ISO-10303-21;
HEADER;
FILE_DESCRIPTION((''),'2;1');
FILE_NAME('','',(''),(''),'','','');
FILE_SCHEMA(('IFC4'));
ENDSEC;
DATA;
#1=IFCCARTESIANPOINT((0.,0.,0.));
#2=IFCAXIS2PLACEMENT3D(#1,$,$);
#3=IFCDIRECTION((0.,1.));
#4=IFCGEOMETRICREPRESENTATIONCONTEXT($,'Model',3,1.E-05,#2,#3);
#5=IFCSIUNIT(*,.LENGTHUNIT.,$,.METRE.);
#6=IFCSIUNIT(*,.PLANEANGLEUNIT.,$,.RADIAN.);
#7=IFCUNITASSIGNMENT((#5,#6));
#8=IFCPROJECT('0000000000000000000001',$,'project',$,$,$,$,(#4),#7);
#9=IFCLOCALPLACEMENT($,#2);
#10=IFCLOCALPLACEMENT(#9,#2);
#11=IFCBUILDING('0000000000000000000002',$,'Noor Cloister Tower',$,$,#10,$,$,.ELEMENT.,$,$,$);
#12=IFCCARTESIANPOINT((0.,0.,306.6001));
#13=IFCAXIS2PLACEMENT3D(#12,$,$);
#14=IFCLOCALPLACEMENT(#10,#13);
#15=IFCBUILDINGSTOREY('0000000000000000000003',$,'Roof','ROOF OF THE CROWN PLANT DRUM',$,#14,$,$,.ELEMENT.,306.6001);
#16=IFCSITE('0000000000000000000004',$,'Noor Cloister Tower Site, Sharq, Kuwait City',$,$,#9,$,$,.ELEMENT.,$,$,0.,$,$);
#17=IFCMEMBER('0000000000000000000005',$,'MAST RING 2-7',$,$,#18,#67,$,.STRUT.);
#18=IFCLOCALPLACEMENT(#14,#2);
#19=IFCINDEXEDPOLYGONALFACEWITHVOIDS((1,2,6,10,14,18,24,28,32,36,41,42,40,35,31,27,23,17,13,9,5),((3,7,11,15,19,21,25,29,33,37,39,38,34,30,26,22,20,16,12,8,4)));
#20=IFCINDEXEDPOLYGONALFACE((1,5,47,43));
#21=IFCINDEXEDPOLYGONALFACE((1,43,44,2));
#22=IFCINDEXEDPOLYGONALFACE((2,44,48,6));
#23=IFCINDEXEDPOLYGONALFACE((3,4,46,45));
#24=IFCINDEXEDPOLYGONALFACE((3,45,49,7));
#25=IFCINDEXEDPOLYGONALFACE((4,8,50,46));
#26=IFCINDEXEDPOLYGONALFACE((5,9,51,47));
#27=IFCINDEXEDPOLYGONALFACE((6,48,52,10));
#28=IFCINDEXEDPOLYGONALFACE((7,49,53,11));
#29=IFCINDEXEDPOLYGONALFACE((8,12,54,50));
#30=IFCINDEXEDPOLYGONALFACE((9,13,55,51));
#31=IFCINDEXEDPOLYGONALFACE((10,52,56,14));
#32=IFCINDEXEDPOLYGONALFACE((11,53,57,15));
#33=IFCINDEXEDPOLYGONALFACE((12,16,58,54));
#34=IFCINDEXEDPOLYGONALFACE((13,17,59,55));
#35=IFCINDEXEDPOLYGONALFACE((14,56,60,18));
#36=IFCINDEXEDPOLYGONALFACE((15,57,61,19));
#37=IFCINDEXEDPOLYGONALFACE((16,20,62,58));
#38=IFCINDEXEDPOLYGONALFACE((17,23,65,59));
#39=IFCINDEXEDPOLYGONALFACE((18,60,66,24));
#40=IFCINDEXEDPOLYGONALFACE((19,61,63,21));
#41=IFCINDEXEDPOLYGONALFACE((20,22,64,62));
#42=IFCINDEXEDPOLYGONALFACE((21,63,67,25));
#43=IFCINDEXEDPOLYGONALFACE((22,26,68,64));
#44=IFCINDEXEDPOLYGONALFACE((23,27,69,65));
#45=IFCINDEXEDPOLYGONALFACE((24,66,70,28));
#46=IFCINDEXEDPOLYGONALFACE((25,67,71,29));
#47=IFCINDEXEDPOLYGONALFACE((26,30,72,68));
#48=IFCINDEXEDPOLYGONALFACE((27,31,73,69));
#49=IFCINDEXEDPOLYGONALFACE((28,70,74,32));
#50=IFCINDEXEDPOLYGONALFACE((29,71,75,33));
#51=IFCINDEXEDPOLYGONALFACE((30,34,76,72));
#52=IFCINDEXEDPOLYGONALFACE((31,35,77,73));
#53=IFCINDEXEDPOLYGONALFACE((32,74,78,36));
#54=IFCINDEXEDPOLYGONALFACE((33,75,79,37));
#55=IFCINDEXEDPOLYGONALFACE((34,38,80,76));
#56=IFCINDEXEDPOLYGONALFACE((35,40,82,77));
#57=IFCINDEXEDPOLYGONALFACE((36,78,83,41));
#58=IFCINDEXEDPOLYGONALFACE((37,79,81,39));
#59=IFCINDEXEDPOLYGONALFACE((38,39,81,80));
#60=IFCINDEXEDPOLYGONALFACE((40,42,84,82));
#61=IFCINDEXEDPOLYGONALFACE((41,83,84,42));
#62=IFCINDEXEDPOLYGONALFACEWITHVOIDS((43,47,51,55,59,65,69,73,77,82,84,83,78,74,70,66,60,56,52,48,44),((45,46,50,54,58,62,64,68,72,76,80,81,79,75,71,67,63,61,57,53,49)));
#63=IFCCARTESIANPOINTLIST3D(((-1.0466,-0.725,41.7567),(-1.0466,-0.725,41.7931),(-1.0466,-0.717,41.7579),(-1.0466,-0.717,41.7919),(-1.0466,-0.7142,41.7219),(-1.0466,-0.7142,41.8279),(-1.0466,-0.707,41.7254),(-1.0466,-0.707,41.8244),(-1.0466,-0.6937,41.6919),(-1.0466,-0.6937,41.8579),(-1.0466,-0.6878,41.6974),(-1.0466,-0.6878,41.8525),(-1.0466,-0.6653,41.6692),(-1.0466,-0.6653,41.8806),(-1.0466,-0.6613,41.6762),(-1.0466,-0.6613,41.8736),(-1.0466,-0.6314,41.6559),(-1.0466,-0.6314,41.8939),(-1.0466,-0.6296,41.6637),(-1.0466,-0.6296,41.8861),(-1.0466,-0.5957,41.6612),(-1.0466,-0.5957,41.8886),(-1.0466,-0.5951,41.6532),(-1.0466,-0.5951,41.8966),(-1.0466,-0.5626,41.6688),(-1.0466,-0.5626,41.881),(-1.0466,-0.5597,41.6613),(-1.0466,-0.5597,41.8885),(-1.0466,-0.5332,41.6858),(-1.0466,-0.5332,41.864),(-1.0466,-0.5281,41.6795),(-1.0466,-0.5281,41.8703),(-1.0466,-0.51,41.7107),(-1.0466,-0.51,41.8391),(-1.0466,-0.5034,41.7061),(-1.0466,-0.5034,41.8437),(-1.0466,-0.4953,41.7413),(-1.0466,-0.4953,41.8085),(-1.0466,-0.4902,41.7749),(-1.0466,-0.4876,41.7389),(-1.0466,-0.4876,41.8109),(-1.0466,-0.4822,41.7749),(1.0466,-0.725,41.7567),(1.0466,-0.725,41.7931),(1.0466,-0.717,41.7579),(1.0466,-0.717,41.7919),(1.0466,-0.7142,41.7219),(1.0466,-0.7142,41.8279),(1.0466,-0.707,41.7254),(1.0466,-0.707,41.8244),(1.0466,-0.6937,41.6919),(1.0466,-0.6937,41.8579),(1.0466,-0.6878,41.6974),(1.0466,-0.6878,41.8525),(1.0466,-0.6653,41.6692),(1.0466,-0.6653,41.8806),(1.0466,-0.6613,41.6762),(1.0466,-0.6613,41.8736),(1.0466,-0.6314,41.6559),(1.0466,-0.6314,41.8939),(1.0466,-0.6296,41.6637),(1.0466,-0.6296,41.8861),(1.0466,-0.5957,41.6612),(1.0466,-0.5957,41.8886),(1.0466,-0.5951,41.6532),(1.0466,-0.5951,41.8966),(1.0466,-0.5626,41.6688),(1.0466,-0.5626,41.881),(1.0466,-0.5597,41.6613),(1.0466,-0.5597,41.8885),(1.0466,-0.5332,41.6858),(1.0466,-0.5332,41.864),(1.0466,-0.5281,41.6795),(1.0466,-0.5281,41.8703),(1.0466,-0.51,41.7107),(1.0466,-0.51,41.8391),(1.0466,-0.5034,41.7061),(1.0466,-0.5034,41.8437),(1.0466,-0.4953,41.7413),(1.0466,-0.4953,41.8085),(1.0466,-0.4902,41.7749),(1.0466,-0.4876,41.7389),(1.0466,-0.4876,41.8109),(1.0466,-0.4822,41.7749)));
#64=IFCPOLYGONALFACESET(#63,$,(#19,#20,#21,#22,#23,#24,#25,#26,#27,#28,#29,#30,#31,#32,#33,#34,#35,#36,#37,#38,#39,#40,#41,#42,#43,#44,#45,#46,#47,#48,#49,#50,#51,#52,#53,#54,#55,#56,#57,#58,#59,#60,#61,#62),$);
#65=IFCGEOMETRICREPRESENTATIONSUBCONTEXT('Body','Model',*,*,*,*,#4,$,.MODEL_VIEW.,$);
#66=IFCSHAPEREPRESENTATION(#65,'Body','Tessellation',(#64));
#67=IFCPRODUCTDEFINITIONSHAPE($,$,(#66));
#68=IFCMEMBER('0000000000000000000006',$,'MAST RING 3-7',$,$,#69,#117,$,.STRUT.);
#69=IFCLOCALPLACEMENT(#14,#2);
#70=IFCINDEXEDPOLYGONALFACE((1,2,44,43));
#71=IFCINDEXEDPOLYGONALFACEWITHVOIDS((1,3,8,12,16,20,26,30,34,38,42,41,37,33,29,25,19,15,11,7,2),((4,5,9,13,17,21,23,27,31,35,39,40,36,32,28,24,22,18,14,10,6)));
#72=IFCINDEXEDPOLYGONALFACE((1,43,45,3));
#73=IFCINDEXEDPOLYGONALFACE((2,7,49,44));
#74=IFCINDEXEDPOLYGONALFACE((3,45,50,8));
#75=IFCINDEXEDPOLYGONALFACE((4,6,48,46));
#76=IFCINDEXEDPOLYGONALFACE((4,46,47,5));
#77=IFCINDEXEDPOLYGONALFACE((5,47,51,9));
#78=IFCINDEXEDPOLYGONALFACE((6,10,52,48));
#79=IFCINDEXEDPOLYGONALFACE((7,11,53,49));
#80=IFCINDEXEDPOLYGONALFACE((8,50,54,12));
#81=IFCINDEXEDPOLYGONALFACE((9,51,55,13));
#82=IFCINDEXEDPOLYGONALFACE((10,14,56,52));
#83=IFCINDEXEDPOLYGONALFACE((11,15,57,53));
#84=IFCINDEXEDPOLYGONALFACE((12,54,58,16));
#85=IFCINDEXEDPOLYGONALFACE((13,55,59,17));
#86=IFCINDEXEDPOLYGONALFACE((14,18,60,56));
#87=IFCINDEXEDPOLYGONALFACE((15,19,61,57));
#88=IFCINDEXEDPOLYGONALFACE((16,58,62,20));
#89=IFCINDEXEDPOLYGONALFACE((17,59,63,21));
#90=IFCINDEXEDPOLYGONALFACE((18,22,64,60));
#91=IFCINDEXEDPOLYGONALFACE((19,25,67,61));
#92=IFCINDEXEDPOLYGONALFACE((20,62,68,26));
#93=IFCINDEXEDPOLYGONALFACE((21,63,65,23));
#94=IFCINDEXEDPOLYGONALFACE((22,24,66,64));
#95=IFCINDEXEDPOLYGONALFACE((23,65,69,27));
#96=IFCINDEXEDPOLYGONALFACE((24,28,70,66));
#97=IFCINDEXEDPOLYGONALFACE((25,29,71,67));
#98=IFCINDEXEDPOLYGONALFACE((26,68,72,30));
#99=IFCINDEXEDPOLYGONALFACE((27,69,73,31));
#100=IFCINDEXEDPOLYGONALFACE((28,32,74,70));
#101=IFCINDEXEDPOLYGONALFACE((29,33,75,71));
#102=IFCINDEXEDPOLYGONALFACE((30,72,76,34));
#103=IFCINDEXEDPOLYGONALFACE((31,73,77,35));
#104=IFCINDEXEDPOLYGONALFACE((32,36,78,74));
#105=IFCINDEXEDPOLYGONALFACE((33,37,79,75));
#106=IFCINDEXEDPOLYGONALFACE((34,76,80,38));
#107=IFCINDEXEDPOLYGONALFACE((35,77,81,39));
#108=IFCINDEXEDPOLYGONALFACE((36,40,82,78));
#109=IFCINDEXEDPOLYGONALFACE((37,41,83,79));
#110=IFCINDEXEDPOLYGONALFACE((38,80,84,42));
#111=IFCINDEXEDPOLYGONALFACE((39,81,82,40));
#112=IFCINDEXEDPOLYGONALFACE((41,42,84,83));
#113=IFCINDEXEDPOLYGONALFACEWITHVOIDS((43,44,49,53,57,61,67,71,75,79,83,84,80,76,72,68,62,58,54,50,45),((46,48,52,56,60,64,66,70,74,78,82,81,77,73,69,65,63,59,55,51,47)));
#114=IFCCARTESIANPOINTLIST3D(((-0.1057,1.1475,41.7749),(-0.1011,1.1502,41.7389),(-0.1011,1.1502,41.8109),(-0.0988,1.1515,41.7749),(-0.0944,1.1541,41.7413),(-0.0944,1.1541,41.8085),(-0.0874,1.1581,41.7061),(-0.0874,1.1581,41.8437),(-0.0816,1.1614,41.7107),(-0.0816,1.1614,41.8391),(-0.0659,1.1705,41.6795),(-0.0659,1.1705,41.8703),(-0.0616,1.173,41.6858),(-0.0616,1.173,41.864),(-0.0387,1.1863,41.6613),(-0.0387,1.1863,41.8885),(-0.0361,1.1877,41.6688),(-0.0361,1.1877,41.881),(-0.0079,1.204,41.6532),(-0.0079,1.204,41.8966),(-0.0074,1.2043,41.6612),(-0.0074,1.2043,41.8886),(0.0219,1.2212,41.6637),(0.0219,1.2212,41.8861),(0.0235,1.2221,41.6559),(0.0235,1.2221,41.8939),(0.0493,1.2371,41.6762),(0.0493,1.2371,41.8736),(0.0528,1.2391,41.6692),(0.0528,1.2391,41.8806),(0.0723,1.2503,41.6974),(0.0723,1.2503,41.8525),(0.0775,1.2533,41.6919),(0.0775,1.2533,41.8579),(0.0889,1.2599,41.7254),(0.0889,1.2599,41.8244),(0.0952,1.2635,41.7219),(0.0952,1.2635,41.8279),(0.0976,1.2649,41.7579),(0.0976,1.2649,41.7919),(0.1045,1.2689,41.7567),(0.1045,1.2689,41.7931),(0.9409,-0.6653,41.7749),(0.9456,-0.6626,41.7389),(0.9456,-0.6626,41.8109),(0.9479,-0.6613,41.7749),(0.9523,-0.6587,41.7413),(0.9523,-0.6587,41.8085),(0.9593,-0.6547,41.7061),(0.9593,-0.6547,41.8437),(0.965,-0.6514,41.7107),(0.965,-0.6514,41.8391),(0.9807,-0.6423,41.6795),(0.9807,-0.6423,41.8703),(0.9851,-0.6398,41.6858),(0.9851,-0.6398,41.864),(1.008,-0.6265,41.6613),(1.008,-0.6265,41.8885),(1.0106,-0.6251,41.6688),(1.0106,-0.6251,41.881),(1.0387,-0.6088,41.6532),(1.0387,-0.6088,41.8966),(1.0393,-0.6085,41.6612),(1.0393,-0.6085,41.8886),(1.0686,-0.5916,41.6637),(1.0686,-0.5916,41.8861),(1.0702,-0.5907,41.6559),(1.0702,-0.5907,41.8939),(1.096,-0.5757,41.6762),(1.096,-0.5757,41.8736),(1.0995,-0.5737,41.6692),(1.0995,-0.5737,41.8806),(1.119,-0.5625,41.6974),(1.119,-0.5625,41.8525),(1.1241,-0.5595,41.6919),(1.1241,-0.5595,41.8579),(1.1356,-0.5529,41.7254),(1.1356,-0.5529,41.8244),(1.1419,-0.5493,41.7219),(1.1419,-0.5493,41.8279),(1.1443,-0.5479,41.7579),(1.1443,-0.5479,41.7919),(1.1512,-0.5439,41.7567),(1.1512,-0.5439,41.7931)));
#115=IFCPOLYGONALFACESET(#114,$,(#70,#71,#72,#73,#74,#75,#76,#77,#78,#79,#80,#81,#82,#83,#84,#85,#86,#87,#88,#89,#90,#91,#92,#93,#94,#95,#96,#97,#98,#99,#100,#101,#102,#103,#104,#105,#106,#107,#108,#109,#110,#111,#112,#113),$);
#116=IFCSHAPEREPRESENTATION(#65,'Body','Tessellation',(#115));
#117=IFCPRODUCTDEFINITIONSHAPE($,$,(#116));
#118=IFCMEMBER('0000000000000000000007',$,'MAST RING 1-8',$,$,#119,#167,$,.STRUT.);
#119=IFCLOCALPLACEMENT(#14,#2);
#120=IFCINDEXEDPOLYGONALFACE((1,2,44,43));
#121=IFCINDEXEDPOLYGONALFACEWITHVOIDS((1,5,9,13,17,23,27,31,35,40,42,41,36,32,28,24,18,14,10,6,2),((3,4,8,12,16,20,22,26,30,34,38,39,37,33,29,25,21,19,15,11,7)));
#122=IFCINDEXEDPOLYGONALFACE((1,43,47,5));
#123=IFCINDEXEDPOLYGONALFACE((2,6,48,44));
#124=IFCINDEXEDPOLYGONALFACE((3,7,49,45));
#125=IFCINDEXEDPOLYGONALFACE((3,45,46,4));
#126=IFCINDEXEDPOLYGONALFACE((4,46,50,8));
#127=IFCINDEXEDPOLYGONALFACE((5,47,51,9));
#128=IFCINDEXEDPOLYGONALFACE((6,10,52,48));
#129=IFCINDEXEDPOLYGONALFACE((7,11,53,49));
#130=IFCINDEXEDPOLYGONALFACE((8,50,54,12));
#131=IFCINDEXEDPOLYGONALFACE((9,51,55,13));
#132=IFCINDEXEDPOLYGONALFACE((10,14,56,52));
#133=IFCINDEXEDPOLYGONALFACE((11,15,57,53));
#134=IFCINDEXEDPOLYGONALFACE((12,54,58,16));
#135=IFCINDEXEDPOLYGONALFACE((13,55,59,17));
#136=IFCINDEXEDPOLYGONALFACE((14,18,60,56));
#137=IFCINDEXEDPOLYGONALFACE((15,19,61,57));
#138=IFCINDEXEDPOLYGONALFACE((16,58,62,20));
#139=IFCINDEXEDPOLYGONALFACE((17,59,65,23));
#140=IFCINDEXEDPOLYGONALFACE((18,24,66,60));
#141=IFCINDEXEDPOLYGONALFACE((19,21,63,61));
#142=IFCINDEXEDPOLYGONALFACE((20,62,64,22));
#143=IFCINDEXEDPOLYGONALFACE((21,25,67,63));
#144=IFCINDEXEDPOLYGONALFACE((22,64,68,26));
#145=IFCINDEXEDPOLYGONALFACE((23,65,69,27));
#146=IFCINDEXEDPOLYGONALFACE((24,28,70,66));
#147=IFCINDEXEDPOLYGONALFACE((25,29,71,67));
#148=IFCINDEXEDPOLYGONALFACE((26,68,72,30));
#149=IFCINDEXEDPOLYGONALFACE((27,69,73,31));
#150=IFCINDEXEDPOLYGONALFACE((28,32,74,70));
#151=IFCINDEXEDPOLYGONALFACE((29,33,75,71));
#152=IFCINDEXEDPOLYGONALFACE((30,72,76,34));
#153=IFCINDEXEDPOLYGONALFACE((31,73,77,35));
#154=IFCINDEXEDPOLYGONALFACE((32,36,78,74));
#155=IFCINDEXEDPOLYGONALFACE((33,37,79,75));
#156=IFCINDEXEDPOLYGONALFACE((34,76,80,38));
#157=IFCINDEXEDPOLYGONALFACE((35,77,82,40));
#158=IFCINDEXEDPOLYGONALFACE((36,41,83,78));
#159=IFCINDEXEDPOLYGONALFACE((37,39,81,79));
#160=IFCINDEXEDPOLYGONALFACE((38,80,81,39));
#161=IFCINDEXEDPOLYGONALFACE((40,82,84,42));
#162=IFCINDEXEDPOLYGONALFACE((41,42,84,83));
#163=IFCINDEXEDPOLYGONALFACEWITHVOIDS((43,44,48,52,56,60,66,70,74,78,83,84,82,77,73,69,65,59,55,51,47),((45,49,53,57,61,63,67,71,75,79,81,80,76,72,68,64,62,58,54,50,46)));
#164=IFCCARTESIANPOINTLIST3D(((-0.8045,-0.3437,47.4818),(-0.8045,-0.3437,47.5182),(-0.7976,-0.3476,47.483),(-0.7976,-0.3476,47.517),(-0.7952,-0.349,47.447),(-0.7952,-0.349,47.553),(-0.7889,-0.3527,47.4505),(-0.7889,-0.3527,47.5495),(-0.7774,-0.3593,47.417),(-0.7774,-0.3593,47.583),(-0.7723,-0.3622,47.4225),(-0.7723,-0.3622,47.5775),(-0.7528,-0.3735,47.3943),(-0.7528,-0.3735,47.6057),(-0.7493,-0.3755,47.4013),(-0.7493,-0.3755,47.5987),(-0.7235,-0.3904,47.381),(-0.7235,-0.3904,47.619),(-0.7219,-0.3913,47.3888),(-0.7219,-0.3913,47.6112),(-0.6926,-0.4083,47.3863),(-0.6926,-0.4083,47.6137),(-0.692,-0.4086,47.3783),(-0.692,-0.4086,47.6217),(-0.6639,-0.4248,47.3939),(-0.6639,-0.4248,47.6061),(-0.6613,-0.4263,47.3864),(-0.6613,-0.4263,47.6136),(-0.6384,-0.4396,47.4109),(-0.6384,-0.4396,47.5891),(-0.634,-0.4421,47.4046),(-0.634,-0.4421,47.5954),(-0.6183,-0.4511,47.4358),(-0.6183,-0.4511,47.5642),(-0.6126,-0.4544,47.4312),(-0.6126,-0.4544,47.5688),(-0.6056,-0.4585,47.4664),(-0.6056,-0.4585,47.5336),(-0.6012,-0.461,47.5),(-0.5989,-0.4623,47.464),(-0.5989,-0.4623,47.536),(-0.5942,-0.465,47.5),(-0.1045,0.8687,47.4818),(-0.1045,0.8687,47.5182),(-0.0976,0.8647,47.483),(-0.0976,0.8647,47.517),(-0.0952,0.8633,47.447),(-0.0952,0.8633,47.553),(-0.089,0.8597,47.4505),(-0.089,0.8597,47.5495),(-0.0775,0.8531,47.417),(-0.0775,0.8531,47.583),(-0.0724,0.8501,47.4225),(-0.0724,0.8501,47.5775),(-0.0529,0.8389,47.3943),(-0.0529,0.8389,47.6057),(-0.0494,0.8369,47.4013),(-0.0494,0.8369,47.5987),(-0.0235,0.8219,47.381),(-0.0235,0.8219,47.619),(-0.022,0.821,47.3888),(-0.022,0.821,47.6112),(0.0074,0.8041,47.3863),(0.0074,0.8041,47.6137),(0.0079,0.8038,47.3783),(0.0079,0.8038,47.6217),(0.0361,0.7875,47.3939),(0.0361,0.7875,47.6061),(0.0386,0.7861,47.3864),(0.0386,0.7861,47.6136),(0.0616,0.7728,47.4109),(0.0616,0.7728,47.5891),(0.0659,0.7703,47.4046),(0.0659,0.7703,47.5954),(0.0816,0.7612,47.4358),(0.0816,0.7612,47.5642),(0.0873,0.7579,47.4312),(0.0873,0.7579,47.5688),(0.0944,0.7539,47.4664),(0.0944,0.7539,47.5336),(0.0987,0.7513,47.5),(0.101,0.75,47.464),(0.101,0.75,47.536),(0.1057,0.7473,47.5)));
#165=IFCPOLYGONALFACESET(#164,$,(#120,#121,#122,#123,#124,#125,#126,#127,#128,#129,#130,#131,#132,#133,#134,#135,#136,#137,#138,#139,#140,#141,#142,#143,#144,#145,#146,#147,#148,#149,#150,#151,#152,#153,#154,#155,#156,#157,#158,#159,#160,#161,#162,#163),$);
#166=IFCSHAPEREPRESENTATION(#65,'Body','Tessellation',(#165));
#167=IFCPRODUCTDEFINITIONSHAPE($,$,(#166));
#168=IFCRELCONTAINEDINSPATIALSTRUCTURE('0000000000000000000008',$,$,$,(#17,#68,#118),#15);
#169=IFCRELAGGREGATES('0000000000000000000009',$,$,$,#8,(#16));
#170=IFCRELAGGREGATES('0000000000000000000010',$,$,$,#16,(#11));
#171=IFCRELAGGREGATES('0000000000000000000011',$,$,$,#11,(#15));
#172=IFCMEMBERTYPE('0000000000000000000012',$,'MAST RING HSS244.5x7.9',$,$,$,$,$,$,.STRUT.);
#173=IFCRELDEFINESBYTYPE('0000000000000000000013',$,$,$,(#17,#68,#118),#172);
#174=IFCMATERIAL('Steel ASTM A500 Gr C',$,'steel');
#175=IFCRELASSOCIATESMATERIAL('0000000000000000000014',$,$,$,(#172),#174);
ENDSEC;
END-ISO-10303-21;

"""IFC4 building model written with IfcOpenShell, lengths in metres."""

from ifc_helpers import new_model, si_unit, direction, frame, origin, origin_2d, place, context, subcontext, project, spatial, hollow_circle, extrude, material, material_profile, profile_set, type_object, element, save


model = new_model("IFC4")

# Units and contexts
model_context = context("Model", 3, precision=1e-05, world=origin(), true_north=direction((0.0, 1.0)))
body_context = subcontext(model_context, "Body", "Model", "MODEL_VIEW")
ifc_project = project(units=[si_unit("LENGTHUNIT", "METRE"), si_unit("PLANEANGLEUNIT", "RADIAN")], contexts=[model_context])

# Site, building, storey
site_placement = place(None, origin())
site = spatial("IfcSite", under=ifc_project, at=site_placement, Name="Noor Cloister Tower Site, Sharq, Kuwait City", CompositionType="ELEMENT", RefElevation=0.0)
building_placement = place(site_placement, origin())
building = spatial("IfcBuilding", under=site, at=building_placement, Name="Noor Cloister Tower", CompositionType="ELEMENT")
storey_placement = place(building_placement, frame((0.0, 0.0, 306.6001)))
storey = spatial("IfcBuildingStorey", under=building, at=storey_placement, Name="Roof", Description="ROOF OF THE CROWN PLANT DRUM", CompositionType="ELEMENT", Elevation=306.6001)

# Members
ifc_material_1 = material(Name="Steel ASTM A500 Gr C", Category="steel")
ifc_material_profile_1 = material_profile(ifc_material_1, hollow_circle(Radius=0.1221, WallThickness=0.0081, at=origin_2d()), Name="HSS244.5x7.9")
ifc_profile_set_1 = profile_set([ifc_material_profile_1], Name="Steel ASTM A500 Gr C")
member_type_1 = type_object("IfcMemberType", Name="MAST RING HSS244.5x7.9", PredefinedType="STRUT", material=ifc_profile_set_1)
for number, where, z_axis, x_axis, name in (
    (1, (-1.0466, -0.6042, 41.7749), (1.0, 0.0, 0.0), (0.0, 1.0, 0.0), "MAST RING 2-7"),
    (2, (1.0466, -0.6042, 41.7749), (-0.500015, 0.866017, 0.0), (-0.866017, -0.500015, 0.0), "MAST RING 3-7"),
):
    element("IfcMember", number, at=place(storey_placement, frame(where, z_axis=z_axis, x_axis=x_axis)), inside=storey, type_object=member_type_1, Name=name, PredefinedType="STRUT", context=body_context, shape_type="SweptSolid", body=[
        extrude(hollow_circle(Radius=0.1221, WallThickness=0.0081, at=origin_2d()), origin(), (0.0, 0.0, 1.0), 2.0933),
    ])
for number, where, z_axis, x_axis, name in (
    (3, (0.0, 0.8083, 47.5), (-0.499984, -0.866035, 0.0), (0.866035, -0.499984, 0.0), "MAST RING 1-8"),
):
    element("IfcMember", number, at=place(storey_placement, frame(where, z_axis=z_axis, x_axis=x_axis)), inside=storey, type_object=member_type_1, Name=name, PredefinedType="STRUT", context=body_context, shape_type="SweptSolid", body=[
        extrude(hollow_circle(Radius=0.1221, WallThickness=0.0081, at=origin_2d()), origin(), (0.0, 0.0, 1.0), 1.3999),
    ])

save(model, "model.ifc")
